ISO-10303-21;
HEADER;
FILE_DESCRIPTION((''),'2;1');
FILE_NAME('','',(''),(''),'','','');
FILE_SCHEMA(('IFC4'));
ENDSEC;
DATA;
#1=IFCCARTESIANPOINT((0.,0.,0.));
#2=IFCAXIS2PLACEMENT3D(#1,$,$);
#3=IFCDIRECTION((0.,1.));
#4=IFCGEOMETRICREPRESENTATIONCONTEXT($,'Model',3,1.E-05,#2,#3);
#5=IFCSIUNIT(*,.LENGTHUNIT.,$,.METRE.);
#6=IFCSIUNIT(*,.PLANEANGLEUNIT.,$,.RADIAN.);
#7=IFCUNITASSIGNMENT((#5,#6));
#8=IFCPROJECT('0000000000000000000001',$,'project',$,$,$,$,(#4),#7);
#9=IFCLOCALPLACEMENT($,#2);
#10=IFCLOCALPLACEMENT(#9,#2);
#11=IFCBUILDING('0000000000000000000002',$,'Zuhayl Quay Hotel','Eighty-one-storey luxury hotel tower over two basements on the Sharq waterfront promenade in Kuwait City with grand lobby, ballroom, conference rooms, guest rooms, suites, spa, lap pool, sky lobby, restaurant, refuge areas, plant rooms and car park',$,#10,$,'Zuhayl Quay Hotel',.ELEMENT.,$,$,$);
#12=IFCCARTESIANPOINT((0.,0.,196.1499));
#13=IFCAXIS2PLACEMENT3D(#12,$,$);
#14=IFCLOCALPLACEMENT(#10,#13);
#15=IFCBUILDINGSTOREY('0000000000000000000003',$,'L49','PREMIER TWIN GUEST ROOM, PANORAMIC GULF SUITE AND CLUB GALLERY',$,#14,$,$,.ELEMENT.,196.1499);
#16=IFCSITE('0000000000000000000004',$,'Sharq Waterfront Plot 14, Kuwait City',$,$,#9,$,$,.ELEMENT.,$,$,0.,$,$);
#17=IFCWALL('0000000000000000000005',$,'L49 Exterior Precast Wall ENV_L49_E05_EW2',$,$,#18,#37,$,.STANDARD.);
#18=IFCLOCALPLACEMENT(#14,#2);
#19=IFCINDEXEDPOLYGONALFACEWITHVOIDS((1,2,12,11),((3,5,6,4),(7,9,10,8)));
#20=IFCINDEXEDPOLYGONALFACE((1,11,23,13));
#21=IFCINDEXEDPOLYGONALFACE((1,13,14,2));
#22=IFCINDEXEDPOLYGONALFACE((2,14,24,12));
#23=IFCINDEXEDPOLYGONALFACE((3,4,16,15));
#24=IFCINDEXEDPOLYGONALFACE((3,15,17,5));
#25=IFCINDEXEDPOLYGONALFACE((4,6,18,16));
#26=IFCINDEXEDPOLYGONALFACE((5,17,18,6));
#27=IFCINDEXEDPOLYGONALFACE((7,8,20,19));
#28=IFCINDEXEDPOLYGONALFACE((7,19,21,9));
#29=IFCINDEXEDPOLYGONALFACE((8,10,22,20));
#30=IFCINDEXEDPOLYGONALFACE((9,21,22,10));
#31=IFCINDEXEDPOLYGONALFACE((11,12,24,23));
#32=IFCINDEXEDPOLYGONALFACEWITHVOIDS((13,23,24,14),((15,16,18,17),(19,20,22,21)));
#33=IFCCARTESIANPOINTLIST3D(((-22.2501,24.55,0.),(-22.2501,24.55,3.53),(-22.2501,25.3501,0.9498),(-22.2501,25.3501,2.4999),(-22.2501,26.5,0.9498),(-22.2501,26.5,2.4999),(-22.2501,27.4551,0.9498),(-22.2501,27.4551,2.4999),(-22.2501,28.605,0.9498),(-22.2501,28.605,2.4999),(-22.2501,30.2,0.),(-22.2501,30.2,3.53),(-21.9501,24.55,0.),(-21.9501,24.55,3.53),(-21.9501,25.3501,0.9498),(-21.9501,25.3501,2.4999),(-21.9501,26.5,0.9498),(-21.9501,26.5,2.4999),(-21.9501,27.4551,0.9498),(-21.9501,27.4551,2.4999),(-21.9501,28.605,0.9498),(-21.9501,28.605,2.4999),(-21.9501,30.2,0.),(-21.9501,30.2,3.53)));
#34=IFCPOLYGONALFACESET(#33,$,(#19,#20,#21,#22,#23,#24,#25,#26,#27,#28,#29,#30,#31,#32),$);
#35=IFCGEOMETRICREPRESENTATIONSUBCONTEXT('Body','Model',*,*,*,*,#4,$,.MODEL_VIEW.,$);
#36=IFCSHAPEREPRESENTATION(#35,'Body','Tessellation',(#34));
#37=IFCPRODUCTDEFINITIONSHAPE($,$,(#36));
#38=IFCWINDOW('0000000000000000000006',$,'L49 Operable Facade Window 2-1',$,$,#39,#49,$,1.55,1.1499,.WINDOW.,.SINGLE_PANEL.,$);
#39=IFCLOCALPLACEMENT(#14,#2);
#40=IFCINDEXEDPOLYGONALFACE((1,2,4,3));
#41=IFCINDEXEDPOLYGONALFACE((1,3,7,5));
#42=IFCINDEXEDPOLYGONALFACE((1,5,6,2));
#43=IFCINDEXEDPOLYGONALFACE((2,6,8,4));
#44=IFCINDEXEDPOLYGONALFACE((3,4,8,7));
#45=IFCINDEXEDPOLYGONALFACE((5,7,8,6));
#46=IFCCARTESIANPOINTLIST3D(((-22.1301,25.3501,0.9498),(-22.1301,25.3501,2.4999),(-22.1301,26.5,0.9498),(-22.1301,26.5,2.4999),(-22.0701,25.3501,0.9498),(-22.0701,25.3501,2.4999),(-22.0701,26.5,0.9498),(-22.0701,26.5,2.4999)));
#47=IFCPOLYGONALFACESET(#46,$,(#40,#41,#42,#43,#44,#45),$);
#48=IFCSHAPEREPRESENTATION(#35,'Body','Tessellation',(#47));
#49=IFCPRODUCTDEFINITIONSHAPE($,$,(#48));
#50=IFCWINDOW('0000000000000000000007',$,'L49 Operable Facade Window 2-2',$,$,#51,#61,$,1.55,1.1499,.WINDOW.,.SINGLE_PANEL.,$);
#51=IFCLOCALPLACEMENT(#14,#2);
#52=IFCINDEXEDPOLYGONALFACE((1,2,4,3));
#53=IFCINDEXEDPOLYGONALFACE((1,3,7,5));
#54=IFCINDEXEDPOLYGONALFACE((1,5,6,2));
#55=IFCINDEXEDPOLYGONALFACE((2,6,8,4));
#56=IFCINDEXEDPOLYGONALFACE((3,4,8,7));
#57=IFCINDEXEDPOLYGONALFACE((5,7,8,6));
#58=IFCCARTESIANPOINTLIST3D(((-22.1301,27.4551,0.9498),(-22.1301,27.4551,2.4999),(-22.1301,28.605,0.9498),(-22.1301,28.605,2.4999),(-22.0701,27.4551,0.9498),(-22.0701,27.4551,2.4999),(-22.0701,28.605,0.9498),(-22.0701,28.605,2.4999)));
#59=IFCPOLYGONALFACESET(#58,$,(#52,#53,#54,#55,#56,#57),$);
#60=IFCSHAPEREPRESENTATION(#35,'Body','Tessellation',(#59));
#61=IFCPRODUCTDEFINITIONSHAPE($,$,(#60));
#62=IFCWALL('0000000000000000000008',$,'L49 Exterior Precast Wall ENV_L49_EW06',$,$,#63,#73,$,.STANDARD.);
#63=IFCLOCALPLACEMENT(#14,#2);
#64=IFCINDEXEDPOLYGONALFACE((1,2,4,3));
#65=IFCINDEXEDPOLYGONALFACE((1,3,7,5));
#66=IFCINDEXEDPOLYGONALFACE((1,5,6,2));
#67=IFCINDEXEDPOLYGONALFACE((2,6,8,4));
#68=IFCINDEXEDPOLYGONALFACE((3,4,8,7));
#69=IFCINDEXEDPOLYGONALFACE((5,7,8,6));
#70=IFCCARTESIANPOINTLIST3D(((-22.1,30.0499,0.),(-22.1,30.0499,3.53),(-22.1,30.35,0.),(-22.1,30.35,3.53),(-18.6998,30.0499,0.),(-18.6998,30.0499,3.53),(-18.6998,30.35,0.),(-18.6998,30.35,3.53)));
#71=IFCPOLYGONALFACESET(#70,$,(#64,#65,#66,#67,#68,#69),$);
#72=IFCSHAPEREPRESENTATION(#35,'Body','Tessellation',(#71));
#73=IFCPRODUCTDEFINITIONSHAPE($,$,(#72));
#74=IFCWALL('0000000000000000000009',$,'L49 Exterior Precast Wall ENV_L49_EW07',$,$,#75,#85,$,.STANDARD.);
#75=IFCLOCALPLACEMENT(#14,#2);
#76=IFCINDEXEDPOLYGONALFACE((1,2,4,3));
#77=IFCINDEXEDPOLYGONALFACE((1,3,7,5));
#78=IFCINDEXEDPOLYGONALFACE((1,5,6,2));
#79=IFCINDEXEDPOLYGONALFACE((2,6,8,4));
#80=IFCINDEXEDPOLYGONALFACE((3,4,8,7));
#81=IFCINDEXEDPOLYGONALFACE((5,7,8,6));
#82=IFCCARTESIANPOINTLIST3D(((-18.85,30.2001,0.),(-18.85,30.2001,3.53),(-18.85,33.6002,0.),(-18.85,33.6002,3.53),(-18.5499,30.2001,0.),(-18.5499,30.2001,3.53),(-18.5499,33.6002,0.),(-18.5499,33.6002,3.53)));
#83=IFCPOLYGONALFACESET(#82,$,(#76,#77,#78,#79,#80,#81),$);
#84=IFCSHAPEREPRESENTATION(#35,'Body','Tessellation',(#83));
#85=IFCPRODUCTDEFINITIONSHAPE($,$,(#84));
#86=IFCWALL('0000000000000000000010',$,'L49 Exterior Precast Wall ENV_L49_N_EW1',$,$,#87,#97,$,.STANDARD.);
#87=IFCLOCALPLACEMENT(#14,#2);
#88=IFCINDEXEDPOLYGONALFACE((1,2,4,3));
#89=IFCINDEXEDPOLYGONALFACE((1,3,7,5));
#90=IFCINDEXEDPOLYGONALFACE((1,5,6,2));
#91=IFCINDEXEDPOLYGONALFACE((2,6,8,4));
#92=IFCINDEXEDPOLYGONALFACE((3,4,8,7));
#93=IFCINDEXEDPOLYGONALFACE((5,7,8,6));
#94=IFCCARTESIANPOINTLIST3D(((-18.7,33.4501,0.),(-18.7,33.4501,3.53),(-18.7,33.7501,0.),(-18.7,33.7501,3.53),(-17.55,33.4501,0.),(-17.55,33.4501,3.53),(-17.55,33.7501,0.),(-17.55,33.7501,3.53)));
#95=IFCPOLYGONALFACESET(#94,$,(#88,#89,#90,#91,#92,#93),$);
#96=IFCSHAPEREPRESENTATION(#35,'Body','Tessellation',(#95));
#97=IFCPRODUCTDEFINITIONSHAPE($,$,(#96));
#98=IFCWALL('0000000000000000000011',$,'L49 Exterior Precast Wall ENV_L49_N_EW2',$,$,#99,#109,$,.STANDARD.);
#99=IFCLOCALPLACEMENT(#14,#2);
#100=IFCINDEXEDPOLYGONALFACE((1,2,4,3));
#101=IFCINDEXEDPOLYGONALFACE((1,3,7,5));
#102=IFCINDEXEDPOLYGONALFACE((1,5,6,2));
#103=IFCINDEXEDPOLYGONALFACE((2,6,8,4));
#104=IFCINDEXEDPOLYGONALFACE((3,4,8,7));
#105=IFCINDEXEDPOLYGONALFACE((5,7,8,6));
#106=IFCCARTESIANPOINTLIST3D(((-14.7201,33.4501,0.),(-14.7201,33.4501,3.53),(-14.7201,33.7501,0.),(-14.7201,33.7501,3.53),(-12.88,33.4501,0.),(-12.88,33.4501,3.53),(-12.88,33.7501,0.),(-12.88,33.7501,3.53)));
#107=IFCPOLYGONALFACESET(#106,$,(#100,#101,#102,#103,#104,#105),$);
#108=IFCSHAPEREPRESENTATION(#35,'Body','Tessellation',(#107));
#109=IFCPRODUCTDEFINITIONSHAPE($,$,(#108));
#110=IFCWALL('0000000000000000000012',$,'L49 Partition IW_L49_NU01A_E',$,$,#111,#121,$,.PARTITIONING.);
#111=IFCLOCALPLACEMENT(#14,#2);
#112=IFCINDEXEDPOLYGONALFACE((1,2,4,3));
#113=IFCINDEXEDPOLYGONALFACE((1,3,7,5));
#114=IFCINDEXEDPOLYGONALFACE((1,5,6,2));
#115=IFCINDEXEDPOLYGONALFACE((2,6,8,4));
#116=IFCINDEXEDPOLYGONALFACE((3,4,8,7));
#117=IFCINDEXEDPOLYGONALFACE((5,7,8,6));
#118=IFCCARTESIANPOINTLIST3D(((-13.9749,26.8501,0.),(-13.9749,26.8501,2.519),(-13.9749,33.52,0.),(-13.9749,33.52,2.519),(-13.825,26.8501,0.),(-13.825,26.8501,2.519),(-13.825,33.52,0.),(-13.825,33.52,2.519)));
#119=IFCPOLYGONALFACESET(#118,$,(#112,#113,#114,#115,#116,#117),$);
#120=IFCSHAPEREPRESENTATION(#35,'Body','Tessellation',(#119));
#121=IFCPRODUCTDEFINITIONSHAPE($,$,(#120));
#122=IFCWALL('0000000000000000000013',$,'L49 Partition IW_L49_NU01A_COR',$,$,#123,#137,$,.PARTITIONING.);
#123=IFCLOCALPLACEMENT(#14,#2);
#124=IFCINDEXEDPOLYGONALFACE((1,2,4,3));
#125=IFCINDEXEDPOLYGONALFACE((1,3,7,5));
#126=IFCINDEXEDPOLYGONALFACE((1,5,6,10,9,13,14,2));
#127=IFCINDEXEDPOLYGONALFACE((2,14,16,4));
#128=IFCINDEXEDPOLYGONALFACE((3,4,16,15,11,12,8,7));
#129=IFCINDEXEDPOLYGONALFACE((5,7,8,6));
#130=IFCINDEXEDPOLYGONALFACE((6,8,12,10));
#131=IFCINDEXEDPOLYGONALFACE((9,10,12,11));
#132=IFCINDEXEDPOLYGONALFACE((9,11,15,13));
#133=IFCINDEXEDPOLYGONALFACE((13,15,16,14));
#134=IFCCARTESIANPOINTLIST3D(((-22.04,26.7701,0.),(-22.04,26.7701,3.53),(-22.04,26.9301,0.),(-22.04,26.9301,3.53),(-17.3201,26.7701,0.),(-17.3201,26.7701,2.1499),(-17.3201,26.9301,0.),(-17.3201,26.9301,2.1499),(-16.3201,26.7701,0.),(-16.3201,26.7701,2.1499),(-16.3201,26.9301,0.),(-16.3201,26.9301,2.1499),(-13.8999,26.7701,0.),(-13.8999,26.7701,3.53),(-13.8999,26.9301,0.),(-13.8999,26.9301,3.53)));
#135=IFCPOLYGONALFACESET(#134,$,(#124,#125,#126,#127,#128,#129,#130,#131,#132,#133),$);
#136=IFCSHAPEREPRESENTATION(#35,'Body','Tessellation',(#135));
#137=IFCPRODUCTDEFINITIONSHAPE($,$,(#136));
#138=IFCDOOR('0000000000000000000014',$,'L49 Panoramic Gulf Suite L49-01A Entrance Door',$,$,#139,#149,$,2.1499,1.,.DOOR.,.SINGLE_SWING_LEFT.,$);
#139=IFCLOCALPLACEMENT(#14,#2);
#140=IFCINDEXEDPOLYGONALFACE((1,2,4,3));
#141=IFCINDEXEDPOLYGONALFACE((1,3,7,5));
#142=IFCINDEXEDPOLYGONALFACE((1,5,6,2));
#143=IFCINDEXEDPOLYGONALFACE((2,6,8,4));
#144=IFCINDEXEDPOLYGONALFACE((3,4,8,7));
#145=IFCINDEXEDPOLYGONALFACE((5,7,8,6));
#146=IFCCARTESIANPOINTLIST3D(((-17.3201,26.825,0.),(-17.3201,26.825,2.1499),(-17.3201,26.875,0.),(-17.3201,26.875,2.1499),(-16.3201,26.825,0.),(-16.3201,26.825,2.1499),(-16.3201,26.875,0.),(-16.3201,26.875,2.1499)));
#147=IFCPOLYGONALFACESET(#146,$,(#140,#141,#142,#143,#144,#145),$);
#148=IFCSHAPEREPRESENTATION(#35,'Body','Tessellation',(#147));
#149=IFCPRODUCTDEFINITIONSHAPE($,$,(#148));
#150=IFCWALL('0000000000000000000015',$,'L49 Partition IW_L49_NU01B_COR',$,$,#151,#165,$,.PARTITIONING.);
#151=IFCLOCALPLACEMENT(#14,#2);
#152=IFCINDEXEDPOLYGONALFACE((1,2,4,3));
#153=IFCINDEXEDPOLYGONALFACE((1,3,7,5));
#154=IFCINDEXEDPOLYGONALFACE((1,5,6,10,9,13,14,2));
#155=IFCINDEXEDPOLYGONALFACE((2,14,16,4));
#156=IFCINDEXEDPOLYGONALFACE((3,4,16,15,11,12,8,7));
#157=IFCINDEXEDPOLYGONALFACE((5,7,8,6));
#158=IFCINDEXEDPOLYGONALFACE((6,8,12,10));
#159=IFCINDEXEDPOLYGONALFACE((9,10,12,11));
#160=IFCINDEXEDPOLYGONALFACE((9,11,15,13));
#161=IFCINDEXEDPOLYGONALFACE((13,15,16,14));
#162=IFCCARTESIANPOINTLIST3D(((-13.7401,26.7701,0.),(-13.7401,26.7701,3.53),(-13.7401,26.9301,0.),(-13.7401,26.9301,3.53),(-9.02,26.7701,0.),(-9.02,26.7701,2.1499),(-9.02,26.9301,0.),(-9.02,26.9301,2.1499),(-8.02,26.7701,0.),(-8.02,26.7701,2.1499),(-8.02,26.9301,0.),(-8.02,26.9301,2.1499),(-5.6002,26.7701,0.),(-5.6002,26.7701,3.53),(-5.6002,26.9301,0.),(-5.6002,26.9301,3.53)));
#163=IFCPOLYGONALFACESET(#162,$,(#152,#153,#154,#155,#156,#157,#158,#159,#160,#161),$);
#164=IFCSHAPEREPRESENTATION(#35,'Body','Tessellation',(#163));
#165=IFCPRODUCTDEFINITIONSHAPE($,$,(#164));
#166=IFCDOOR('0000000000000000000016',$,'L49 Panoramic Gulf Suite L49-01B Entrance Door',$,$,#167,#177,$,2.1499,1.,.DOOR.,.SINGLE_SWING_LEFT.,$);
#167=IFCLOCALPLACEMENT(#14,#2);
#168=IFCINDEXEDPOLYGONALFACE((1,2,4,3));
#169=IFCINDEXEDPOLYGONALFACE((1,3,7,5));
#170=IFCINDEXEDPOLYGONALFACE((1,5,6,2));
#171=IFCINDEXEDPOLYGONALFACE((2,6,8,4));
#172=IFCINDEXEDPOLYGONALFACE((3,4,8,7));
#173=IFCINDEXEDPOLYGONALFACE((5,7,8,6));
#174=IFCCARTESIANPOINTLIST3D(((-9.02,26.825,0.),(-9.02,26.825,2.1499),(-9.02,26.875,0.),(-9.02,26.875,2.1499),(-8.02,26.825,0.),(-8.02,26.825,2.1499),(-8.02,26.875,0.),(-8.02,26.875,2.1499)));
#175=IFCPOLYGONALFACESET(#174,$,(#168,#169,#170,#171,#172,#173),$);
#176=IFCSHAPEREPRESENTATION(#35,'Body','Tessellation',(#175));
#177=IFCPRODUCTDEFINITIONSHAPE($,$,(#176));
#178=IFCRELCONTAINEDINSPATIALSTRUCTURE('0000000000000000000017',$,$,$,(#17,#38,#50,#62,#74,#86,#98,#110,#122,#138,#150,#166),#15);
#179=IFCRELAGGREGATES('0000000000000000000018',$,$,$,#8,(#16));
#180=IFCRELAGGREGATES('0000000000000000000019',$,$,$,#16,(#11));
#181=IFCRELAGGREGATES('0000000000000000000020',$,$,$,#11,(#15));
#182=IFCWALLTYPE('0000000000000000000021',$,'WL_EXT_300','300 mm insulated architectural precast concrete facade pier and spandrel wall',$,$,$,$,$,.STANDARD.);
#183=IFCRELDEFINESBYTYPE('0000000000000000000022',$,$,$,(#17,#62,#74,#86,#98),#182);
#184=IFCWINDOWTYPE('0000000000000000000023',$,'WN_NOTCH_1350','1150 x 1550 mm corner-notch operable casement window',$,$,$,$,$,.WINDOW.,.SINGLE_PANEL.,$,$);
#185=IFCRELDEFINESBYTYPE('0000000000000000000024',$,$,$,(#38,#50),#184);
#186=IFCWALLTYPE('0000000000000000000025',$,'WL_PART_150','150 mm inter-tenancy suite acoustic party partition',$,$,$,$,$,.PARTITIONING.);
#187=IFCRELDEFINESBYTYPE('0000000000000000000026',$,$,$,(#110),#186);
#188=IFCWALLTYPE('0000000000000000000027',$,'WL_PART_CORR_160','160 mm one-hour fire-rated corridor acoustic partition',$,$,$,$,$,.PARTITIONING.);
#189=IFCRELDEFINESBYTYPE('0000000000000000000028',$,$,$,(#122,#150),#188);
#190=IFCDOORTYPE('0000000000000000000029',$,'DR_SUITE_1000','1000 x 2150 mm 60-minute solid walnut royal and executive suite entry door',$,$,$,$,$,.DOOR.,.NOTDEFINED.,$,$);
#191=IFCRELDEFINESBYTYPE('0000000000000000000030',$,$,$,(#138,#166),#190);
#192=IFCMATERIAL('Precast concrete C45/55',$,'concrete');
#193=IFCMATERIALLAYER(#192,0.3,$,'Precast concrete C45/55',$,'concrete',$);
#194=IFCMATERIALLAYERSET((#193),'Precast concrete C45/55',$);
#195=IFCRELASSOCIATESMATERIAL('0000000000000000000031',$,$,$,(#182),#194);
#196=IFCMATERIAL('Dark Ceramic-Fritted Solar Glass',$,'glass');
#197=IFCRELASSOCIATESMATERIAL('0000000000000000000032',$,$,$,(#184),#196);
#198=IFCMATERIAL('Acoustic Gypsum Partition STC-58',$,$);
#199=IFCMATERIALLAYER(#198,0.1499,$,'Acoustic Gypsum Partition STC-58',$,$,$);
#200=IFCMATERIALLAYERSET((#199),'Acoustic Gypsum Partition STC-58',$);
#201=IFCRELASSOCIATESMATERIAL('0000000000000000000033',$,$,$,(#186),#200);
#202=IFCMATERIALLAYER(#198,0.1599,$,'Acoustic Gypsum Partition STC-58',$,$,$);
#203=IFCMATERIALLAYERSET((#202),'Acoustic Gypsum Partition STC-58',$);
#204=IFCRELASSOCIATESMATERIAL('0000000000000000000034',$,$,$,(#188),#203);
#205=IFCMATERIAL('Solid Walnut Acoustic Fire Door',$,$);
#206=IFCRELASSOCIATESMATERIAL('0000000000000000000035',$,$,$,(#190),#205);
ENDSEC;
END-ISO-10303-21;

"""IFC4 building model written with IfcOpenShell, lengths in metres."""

from ifc_helpers import new_model, si_unit, direction, frame, frame_2d, origin, place, context, subcontext, project, spatial, rectangle, extrude, material, layer, layer_set, type_object, element, fill, save


model = new_model("IFC4")

# Units and contexts
model_context = context("Model", 3, precision=1e-05, world=origin(), true_north=direction((0.0, 1.0)))
body_context = subcontext(model_context, "Body", "Model", "MODEL_VIEW")
ifc_project = project(units=[si_unit("LENGTHUNIT", "METRE"), si_unit("PLANEANGLEUNIT", "RADIAN")], contexts=[model_context])

# Site, building, storey
site_placement = place(None, origin())
site = spatial("IfcSite", under=ifc_project, at=site_placement, Name="Sharq Waterfront Plot 14, Kuwait City", CompositionType="ELEMENT", RefElevation=0.0)
building_placement = place(site_placement, origin())
building = spatial("IfcBuilding", under=site, at=building_placement, Name="Zuhayl Quay Hotel", Description="Eighty-one-storey luxury hotel tower over two basements on the Sharq waterfront promenade in Kuwait City with grand lobby, ballroom, conference rooms, guest rooms, suites, spa, lap pool, sky lobby, restaurant, refuge areas, plant rooms and car park", LongName="Zuhayl Quay Hotel", CompositionType="ELEMENT")
storey_placement = place(building_placement, frame((0.0, 0.0, 196.1499)))
storey = spatial("IfcBuildingStorey", under=building, at=storey_placement, Name="L49", Description="PREMIER TWIN GUEST ROOM, PANORAMIC GULF SUITE AND CLUB GALLERY", CompositionType="ELEMENT", Elevation=196.1499)

# Shared definitions
ifc_material_1 = material(Name="Dark Ceramic-Fritted Solar Glass", Category="glass")

# Wall, openings, windows
ifc_material_2 = material(Name="Precast concrete C45/55", Category="concrete")
ifc_layer_1 = layer(ifc_material_2, 0.3, Name="Precast concrete C45/55", Category="concrete")
ifc_layer_set_1 = layer_set([ifc_layer_1], Name="Precast concrete C45/55")
wall_type_1 = type_object("IfcWallType", Name="WL_EXT_300", Description="300 mm insulated architectural precast concrete facade pier and spandrel wall", PredefinedType="STANDARD", material=ifc_layer_set_1)
wall_1_placement = place(storey_placement, frame((-22.1001, 24.55, 0.0), z_axis=(0.0, 0.0, 1.0), x_axis=(0.0, 1.0, 0.0)))
wall_1 = element("IfcWall", 1, at=wall_1_placement, inside=storey, type_object=wall_type_1, Name="L49 Exterior Precast Wall ENV_L49_E05_EW2", PredefinedType="STANDARD", context=body_context, shape_type="SweptSolid", body=[
    extrude(rectangle(XDim=5.6499, YDim=0.3, at=frame_2d((2.825, 0.0))), origin(), (0.0, 0.0, 1.0), 3.53),
])
opening_1_placement = place(wall_1_placement, frame((0.8, 0.0, 0.95)))
opening_1 = element("IfcOpeningElement", 2, at=opening_1_placement, cuts=wall_1, PredefinedType="OPENING", context=body_context, shape_type="SweptSolid", body=[
    extrude(rectangle(XDim=1.1499, YDim=1.55, at=frame_2d((0.575, 0.7749))), frame((0.0, 0.1599, 0.0), z_axis=(0.0, -1.0, 0.0), x_axis=(1.0, 0.0, 0.0)), (0.0, 0.0, 1.0), 0.3201),
])
opening_2_placement = place(wall_1_placement, frame((2.905, 0.0, 0.95)))
opening_2 = element("IfcOpeningElement", 3, at=opening_2_placement, cuts=wall_1, PredefinedType="OPENING", context=body_context, shape_type="SweptSolid", body=[
    extrude(rectangle(XDim=1.1499, YDim=1.55, at=frame_2d((0.575, 0.7749))), frame((0.0, 0.1599, 0.0), z_axis=(0.0, -1.0, 0.0), x_axis=(1.0, 0.0, 0.0)), (0.0, 0.0, 1.0), 0.3201),
])
window_type = type_object("IfcWindowType", Name="WN_NOTCH_1350", Description="1150 x 1550 mm corner-notch operable casement window", PartitioningType="SINGLE_PANEL", PredefinedType="WINDOW", material=ifc_material_1)
window_1_placement = place(opening_1_placement, origin())
window_1 = element("IfcWindow", 4, at=window_1_placement, inside=storey, type_object=window_type, Name="L49 Operable Facade Window 2-1", OverallHeight=1.55, OverallWidth=1.1499, PartitioningType="SINGLE_PANEL", PredefinedType="WINDOW", context=body_context, shape_type="SweptSolid", body=[
    extrude(rectangle(XDim=1.1499, YDim=1.55, at=frame_2d((0.575, 0.7749))), frame((0.0, 0.03, 0.0), z_axis=(0.0, -1.0, 0.0), x_axis=(1.0, 0.0, 0.0)), (0.0, 0.0, 1.0), 0.0601),
])
fill(opening_1, window_1)
window_2_placement = place(opening_2_placement, origin())
window_2 = element("IfcWindow", 5, at=window_2_placement, inside=storey, type_object=window_type, Name="L49 Operable Facade Window 2-2", OverallHeight=1.55, OverallWidth=1.1499, PartitioningType="SINGLE_PANEL", PredefinedType="WINDOW", context=body_context, shape_type="SweptSolid", body=[
    extrude(rectangle(XDim=1.1499, YDim=1.55, at=frame_2d((0.575, 0.7749))), frame((0.0, 0.03, 0.0), z_axis=(0.0, -1.0, 0.0), x_axis=(1.0, 0.0, 0.0)), (0.0, 0.0, 1.0), 0.0601),
])
fill(opening_2, window_2)

# Walls
for number, where, z_axis, x_axis, name in (
    (6, (-22.1001, 30.2, 0.0), (0.0, 0.0, 1.0), (1.0, 0.0, 0.0), "L49 Exterior Precast Wall ENV_L49_EW06"),
    (7, (-18.7, 30.2, 0.0), (0.0, 0.0, 1.0), (0.0, 1.0, 0.0), "L49 Exterior Precast Wall ENV_L49_EW07"),
):
    element("IfcWall", number, at=place(storey_placement, frame(where, z_axis=z_axis, x_axis=x_axis)), inside=storey, type_object=wall_type_1, Name=name, PredefinedType="STANDARD", context=body_context, shape_type="SweptSolid", body=[
        extrude(rectangle(XDim=3.4001, YDim=0.3, at=frame_2d((1.7002, 0.0))), origin(), (0.0, 0.0, 1.0), 3.53),
    ])
wall_2_placement = place(storey_placement, frame((-18.7, 33.6001, 0.0), z_axis=(0.0, 0.0, 1.0), x_axis=(1.0, 0.0, 0.0)))
element("IfcWall", 8, at=wall_2_placement, inside=storey, type_object=wall_type_1, Name="L49 Exterior Precast Wall ENV_L49_N_EW1", PredefinedType="STANDARD", context=body_context, shape_type="SweptSolid", body=[
    extrude(rectangle(XDim=1.1499, YDim=0.3, at=frame_2d((0.575, 0.0))), origin(), (0.0, 0.0, 1.0), 3.53),
])
wall_3_placement = place(storey_placement, frame((-14.72, 33.6001, 0.0), z_axis=(0.0, 0.0, 1.0), x_axis=(1.0, 0.0, 0.0)))
element("IfcWall", 9, at=wall_3_placement, inside=storey, type_object=wall_type_1, Name="L49 Exterior Precast Wall ENV_L49_N_EW2", PredefinedType="STANDARD", context=body_context, shape_type="SweptSolid", body=[
    extrude(rectangle(XDim=1.8401, YDim=0.3, at=frame_2d((0.9199, 0.0))), origin(), (0.0, 0.0, 1.0), 3.53),
])
ifc_material_3 = material(Name="Acoustic Gypsum Partition STC-58")
ifc_layer_2 = layer(ifc_material_3, 0.1499, Name="Acoustic Gypsum Partition STC-58")
ifc_layer_set_2 = layer_set([ifc_layer_2], Name="Acoustic Gypsum Partition STC-58")
wall_type_2 = type_object("IfcWallType", Name="WL_PART_150", Description="150 mm inter-tenancy suite acoustic party partition", PredefinedType="PARTITIONING", material=ifc_layer_set_2)
wall_4_placement = place(storey_placement, frame((-13.8999, 26.8501, 0.0), z_axis=(0.0, 0.0, 1.0), x_axis=(0.0, 1.0, 0.0)))
element("IfcWall", 10, at=wall_4_placement, inside=storey, type_object=wall_type_2, Name="L49 Partition IW_L49_NU01A_E", PredefinedType="PARTITIONING", context=body_context, shape_type="SweptSolid", body=[
    extrude(rectangle(XDim=6.6699, YDim=0.1499, at=frame_2d((3.335, 0.0))), origin(), (0.0, 0.0, 1.0), 2.519),
])

# Walls, openings, doors
ifc_layer_3 = layer(ifc_material_3, 0.1599, Name="Acoustic Gypsum Partition STC-58")
ifc_layer_set_3 = layer_set([ifc_layer_3], Name="Acoustic Gypsum Partition STC-58")
wall_type_3 = type_object("IfcWallType", Name="WL_PART_CORR_160", Description="160 mm one-hour fire-rated corridor acoustic partition", PredefinedType="PARTITIONING", material=ifc_layer_set_3)
wall_5_placement = place(storey_placement, frame((-22.04, 26.8501, 0.0), z_axis=(0.0, 0.0, 1.0), x_axis=(1.0, 0.0, 0.0)))
wall_5 = element("IfcWall", 11, at=wall_5_placement, inside=storey, type_object=wall_type_3, Name="L49 Partition IW_L49_NU01A_COR", PredefinedType="PARTITIONING", context=body_context, shape_type="SweptSolid", body=[
    extrude(rectangle(XDim=8.1401, YDim=0.1599, at=frame_2d((4.0701, 0.0))), origin(), (0.0, 0.0, 1.0), 3.53),
])
opening_3_placement = place(wall_5_placement, frame((4.72, 0.0, 0.0)))
opening_3 = element("IfcOpeningElement", 12, at=opening_3_placement, cuts=wall_5, PredefinedType="OPENING", context=body_context, shape_type="SweptSolid", body=[
    extrude(rectangle(XDim=1.0, YDim=2.1499, at=frame_2d((0.5, 1.075))), frame((0.0, 0.0898, 0.0), z_axis=(0.0, -1.0, 0.0), x_axis=(1.0, 0.0, 0.0)), (0.0, 0.0, 1.0), 0.1799),
])
ifc_material_4 = material(Name="Solid Walnut Acoustic Fire Door")
door_type_1 = type_object("IfcDoorType", Name="DR_SUITE_1000", Description="1000 x 2150 mm 60-minute solid walnut royal and executive suite entry door", OperationType="NOTDEFINED", PredefinedType="DOOR", material=ifc_material_4)
door_1_placement = place(opening_3_placement, origin())
door_1 = element("IfcDoor", 13, at=door_1_placement, inside=storey, type_object=door_type_1, Name="L49 Panoramic Gulf Suite L49-01A Entrance Door", OperationType="SINGLE_SWING_LEFT", OverallHeight=2.1499, OverallWidth=1.0, PredefinedType="DOOR", context=body_context, shape_type="SweptSolid", body=[
    extrude(rectangle(XDim=1.0, YDim=2.1499, at=frame_2d((0.5, 1.075))), frame((0.0, 0.0249, 0.0), z_axis=(0.0, -1.0, 0.0), x_axis=(1.0, 0.0, 0.0)), (0.0, 0.0, 1.0), 0.05),
])
fill(opening_3, door_1)
wall_6_placement = place(storey_placement, frame((-13.74, 26.8501, 0.0), z_axis=(0.0, 0.0, 1.0), x_axis=(1.0, 0.0, 0.0)))
wall_6 = element("IfcWall", 14, at=wall_6_placement, inside=storey, type_object=wall_type_3, Name="L49 Partition IW_L49_NU01B_COR", PredefinedType="PARTITIONING", context=body_context, shape_type="SweptSolid", body=[
    extrude(rectangle(XDim=8.1399, YDim=0.1599, at=frame_2d((4.0698, 0.0))), origin(), (0.0, 0.0, 1.0), 3.53),
])
opening_4_placement = place(wall_6_placement, frame((4.72, 0.0, 0.0)))
opening_4 = element("IfcOpeningElement", 15, at=opening_4_placement, cuts=wall_6, PredefinedType="OPENING", context=body_context, shape_type="SweptSolid", body=[
    extrude(rectangle(XDim=1.0, YDim=2.1499, at=frame_2d((0.5, 1.075))), frame((0.0, 0.0898, 0.0), z_axis=(0.0, -1.0, 0.0), x_axis=(1.0, 0.0, 0.0)), (0.0, 0.0, 1.0), 0.1799),
])
door_2_placement = place(opening_4_placement, origin())
door_2 = element("IfcDoor", 16, at=door_2_placement, inside=storey, type_object=door_type_1, Name="L49 Panoramic Gulf Suite L49-01B Entrance Door", OperationType="SINGLE_SWING_LEFT", OverallHeight=2.1499, OverallWidth=1.0, PredefinedType="DOOR", context=body_context, shape_type="SweptSolid", body=[
    extrude(rectangle(XDim=1.0, YDim=2.1499, at=frame_2d((0.5, 1.075))), frame((0.0, 0.0249, 0.0), z_axis=(0.0, -1.0, 0.0), x_axis=(1.0, 0.0, 0.0)), (0.0, 0.0, 1.0), 0.05),
])
fill(opening_4, door_2)

save(model, "model.ifc")
